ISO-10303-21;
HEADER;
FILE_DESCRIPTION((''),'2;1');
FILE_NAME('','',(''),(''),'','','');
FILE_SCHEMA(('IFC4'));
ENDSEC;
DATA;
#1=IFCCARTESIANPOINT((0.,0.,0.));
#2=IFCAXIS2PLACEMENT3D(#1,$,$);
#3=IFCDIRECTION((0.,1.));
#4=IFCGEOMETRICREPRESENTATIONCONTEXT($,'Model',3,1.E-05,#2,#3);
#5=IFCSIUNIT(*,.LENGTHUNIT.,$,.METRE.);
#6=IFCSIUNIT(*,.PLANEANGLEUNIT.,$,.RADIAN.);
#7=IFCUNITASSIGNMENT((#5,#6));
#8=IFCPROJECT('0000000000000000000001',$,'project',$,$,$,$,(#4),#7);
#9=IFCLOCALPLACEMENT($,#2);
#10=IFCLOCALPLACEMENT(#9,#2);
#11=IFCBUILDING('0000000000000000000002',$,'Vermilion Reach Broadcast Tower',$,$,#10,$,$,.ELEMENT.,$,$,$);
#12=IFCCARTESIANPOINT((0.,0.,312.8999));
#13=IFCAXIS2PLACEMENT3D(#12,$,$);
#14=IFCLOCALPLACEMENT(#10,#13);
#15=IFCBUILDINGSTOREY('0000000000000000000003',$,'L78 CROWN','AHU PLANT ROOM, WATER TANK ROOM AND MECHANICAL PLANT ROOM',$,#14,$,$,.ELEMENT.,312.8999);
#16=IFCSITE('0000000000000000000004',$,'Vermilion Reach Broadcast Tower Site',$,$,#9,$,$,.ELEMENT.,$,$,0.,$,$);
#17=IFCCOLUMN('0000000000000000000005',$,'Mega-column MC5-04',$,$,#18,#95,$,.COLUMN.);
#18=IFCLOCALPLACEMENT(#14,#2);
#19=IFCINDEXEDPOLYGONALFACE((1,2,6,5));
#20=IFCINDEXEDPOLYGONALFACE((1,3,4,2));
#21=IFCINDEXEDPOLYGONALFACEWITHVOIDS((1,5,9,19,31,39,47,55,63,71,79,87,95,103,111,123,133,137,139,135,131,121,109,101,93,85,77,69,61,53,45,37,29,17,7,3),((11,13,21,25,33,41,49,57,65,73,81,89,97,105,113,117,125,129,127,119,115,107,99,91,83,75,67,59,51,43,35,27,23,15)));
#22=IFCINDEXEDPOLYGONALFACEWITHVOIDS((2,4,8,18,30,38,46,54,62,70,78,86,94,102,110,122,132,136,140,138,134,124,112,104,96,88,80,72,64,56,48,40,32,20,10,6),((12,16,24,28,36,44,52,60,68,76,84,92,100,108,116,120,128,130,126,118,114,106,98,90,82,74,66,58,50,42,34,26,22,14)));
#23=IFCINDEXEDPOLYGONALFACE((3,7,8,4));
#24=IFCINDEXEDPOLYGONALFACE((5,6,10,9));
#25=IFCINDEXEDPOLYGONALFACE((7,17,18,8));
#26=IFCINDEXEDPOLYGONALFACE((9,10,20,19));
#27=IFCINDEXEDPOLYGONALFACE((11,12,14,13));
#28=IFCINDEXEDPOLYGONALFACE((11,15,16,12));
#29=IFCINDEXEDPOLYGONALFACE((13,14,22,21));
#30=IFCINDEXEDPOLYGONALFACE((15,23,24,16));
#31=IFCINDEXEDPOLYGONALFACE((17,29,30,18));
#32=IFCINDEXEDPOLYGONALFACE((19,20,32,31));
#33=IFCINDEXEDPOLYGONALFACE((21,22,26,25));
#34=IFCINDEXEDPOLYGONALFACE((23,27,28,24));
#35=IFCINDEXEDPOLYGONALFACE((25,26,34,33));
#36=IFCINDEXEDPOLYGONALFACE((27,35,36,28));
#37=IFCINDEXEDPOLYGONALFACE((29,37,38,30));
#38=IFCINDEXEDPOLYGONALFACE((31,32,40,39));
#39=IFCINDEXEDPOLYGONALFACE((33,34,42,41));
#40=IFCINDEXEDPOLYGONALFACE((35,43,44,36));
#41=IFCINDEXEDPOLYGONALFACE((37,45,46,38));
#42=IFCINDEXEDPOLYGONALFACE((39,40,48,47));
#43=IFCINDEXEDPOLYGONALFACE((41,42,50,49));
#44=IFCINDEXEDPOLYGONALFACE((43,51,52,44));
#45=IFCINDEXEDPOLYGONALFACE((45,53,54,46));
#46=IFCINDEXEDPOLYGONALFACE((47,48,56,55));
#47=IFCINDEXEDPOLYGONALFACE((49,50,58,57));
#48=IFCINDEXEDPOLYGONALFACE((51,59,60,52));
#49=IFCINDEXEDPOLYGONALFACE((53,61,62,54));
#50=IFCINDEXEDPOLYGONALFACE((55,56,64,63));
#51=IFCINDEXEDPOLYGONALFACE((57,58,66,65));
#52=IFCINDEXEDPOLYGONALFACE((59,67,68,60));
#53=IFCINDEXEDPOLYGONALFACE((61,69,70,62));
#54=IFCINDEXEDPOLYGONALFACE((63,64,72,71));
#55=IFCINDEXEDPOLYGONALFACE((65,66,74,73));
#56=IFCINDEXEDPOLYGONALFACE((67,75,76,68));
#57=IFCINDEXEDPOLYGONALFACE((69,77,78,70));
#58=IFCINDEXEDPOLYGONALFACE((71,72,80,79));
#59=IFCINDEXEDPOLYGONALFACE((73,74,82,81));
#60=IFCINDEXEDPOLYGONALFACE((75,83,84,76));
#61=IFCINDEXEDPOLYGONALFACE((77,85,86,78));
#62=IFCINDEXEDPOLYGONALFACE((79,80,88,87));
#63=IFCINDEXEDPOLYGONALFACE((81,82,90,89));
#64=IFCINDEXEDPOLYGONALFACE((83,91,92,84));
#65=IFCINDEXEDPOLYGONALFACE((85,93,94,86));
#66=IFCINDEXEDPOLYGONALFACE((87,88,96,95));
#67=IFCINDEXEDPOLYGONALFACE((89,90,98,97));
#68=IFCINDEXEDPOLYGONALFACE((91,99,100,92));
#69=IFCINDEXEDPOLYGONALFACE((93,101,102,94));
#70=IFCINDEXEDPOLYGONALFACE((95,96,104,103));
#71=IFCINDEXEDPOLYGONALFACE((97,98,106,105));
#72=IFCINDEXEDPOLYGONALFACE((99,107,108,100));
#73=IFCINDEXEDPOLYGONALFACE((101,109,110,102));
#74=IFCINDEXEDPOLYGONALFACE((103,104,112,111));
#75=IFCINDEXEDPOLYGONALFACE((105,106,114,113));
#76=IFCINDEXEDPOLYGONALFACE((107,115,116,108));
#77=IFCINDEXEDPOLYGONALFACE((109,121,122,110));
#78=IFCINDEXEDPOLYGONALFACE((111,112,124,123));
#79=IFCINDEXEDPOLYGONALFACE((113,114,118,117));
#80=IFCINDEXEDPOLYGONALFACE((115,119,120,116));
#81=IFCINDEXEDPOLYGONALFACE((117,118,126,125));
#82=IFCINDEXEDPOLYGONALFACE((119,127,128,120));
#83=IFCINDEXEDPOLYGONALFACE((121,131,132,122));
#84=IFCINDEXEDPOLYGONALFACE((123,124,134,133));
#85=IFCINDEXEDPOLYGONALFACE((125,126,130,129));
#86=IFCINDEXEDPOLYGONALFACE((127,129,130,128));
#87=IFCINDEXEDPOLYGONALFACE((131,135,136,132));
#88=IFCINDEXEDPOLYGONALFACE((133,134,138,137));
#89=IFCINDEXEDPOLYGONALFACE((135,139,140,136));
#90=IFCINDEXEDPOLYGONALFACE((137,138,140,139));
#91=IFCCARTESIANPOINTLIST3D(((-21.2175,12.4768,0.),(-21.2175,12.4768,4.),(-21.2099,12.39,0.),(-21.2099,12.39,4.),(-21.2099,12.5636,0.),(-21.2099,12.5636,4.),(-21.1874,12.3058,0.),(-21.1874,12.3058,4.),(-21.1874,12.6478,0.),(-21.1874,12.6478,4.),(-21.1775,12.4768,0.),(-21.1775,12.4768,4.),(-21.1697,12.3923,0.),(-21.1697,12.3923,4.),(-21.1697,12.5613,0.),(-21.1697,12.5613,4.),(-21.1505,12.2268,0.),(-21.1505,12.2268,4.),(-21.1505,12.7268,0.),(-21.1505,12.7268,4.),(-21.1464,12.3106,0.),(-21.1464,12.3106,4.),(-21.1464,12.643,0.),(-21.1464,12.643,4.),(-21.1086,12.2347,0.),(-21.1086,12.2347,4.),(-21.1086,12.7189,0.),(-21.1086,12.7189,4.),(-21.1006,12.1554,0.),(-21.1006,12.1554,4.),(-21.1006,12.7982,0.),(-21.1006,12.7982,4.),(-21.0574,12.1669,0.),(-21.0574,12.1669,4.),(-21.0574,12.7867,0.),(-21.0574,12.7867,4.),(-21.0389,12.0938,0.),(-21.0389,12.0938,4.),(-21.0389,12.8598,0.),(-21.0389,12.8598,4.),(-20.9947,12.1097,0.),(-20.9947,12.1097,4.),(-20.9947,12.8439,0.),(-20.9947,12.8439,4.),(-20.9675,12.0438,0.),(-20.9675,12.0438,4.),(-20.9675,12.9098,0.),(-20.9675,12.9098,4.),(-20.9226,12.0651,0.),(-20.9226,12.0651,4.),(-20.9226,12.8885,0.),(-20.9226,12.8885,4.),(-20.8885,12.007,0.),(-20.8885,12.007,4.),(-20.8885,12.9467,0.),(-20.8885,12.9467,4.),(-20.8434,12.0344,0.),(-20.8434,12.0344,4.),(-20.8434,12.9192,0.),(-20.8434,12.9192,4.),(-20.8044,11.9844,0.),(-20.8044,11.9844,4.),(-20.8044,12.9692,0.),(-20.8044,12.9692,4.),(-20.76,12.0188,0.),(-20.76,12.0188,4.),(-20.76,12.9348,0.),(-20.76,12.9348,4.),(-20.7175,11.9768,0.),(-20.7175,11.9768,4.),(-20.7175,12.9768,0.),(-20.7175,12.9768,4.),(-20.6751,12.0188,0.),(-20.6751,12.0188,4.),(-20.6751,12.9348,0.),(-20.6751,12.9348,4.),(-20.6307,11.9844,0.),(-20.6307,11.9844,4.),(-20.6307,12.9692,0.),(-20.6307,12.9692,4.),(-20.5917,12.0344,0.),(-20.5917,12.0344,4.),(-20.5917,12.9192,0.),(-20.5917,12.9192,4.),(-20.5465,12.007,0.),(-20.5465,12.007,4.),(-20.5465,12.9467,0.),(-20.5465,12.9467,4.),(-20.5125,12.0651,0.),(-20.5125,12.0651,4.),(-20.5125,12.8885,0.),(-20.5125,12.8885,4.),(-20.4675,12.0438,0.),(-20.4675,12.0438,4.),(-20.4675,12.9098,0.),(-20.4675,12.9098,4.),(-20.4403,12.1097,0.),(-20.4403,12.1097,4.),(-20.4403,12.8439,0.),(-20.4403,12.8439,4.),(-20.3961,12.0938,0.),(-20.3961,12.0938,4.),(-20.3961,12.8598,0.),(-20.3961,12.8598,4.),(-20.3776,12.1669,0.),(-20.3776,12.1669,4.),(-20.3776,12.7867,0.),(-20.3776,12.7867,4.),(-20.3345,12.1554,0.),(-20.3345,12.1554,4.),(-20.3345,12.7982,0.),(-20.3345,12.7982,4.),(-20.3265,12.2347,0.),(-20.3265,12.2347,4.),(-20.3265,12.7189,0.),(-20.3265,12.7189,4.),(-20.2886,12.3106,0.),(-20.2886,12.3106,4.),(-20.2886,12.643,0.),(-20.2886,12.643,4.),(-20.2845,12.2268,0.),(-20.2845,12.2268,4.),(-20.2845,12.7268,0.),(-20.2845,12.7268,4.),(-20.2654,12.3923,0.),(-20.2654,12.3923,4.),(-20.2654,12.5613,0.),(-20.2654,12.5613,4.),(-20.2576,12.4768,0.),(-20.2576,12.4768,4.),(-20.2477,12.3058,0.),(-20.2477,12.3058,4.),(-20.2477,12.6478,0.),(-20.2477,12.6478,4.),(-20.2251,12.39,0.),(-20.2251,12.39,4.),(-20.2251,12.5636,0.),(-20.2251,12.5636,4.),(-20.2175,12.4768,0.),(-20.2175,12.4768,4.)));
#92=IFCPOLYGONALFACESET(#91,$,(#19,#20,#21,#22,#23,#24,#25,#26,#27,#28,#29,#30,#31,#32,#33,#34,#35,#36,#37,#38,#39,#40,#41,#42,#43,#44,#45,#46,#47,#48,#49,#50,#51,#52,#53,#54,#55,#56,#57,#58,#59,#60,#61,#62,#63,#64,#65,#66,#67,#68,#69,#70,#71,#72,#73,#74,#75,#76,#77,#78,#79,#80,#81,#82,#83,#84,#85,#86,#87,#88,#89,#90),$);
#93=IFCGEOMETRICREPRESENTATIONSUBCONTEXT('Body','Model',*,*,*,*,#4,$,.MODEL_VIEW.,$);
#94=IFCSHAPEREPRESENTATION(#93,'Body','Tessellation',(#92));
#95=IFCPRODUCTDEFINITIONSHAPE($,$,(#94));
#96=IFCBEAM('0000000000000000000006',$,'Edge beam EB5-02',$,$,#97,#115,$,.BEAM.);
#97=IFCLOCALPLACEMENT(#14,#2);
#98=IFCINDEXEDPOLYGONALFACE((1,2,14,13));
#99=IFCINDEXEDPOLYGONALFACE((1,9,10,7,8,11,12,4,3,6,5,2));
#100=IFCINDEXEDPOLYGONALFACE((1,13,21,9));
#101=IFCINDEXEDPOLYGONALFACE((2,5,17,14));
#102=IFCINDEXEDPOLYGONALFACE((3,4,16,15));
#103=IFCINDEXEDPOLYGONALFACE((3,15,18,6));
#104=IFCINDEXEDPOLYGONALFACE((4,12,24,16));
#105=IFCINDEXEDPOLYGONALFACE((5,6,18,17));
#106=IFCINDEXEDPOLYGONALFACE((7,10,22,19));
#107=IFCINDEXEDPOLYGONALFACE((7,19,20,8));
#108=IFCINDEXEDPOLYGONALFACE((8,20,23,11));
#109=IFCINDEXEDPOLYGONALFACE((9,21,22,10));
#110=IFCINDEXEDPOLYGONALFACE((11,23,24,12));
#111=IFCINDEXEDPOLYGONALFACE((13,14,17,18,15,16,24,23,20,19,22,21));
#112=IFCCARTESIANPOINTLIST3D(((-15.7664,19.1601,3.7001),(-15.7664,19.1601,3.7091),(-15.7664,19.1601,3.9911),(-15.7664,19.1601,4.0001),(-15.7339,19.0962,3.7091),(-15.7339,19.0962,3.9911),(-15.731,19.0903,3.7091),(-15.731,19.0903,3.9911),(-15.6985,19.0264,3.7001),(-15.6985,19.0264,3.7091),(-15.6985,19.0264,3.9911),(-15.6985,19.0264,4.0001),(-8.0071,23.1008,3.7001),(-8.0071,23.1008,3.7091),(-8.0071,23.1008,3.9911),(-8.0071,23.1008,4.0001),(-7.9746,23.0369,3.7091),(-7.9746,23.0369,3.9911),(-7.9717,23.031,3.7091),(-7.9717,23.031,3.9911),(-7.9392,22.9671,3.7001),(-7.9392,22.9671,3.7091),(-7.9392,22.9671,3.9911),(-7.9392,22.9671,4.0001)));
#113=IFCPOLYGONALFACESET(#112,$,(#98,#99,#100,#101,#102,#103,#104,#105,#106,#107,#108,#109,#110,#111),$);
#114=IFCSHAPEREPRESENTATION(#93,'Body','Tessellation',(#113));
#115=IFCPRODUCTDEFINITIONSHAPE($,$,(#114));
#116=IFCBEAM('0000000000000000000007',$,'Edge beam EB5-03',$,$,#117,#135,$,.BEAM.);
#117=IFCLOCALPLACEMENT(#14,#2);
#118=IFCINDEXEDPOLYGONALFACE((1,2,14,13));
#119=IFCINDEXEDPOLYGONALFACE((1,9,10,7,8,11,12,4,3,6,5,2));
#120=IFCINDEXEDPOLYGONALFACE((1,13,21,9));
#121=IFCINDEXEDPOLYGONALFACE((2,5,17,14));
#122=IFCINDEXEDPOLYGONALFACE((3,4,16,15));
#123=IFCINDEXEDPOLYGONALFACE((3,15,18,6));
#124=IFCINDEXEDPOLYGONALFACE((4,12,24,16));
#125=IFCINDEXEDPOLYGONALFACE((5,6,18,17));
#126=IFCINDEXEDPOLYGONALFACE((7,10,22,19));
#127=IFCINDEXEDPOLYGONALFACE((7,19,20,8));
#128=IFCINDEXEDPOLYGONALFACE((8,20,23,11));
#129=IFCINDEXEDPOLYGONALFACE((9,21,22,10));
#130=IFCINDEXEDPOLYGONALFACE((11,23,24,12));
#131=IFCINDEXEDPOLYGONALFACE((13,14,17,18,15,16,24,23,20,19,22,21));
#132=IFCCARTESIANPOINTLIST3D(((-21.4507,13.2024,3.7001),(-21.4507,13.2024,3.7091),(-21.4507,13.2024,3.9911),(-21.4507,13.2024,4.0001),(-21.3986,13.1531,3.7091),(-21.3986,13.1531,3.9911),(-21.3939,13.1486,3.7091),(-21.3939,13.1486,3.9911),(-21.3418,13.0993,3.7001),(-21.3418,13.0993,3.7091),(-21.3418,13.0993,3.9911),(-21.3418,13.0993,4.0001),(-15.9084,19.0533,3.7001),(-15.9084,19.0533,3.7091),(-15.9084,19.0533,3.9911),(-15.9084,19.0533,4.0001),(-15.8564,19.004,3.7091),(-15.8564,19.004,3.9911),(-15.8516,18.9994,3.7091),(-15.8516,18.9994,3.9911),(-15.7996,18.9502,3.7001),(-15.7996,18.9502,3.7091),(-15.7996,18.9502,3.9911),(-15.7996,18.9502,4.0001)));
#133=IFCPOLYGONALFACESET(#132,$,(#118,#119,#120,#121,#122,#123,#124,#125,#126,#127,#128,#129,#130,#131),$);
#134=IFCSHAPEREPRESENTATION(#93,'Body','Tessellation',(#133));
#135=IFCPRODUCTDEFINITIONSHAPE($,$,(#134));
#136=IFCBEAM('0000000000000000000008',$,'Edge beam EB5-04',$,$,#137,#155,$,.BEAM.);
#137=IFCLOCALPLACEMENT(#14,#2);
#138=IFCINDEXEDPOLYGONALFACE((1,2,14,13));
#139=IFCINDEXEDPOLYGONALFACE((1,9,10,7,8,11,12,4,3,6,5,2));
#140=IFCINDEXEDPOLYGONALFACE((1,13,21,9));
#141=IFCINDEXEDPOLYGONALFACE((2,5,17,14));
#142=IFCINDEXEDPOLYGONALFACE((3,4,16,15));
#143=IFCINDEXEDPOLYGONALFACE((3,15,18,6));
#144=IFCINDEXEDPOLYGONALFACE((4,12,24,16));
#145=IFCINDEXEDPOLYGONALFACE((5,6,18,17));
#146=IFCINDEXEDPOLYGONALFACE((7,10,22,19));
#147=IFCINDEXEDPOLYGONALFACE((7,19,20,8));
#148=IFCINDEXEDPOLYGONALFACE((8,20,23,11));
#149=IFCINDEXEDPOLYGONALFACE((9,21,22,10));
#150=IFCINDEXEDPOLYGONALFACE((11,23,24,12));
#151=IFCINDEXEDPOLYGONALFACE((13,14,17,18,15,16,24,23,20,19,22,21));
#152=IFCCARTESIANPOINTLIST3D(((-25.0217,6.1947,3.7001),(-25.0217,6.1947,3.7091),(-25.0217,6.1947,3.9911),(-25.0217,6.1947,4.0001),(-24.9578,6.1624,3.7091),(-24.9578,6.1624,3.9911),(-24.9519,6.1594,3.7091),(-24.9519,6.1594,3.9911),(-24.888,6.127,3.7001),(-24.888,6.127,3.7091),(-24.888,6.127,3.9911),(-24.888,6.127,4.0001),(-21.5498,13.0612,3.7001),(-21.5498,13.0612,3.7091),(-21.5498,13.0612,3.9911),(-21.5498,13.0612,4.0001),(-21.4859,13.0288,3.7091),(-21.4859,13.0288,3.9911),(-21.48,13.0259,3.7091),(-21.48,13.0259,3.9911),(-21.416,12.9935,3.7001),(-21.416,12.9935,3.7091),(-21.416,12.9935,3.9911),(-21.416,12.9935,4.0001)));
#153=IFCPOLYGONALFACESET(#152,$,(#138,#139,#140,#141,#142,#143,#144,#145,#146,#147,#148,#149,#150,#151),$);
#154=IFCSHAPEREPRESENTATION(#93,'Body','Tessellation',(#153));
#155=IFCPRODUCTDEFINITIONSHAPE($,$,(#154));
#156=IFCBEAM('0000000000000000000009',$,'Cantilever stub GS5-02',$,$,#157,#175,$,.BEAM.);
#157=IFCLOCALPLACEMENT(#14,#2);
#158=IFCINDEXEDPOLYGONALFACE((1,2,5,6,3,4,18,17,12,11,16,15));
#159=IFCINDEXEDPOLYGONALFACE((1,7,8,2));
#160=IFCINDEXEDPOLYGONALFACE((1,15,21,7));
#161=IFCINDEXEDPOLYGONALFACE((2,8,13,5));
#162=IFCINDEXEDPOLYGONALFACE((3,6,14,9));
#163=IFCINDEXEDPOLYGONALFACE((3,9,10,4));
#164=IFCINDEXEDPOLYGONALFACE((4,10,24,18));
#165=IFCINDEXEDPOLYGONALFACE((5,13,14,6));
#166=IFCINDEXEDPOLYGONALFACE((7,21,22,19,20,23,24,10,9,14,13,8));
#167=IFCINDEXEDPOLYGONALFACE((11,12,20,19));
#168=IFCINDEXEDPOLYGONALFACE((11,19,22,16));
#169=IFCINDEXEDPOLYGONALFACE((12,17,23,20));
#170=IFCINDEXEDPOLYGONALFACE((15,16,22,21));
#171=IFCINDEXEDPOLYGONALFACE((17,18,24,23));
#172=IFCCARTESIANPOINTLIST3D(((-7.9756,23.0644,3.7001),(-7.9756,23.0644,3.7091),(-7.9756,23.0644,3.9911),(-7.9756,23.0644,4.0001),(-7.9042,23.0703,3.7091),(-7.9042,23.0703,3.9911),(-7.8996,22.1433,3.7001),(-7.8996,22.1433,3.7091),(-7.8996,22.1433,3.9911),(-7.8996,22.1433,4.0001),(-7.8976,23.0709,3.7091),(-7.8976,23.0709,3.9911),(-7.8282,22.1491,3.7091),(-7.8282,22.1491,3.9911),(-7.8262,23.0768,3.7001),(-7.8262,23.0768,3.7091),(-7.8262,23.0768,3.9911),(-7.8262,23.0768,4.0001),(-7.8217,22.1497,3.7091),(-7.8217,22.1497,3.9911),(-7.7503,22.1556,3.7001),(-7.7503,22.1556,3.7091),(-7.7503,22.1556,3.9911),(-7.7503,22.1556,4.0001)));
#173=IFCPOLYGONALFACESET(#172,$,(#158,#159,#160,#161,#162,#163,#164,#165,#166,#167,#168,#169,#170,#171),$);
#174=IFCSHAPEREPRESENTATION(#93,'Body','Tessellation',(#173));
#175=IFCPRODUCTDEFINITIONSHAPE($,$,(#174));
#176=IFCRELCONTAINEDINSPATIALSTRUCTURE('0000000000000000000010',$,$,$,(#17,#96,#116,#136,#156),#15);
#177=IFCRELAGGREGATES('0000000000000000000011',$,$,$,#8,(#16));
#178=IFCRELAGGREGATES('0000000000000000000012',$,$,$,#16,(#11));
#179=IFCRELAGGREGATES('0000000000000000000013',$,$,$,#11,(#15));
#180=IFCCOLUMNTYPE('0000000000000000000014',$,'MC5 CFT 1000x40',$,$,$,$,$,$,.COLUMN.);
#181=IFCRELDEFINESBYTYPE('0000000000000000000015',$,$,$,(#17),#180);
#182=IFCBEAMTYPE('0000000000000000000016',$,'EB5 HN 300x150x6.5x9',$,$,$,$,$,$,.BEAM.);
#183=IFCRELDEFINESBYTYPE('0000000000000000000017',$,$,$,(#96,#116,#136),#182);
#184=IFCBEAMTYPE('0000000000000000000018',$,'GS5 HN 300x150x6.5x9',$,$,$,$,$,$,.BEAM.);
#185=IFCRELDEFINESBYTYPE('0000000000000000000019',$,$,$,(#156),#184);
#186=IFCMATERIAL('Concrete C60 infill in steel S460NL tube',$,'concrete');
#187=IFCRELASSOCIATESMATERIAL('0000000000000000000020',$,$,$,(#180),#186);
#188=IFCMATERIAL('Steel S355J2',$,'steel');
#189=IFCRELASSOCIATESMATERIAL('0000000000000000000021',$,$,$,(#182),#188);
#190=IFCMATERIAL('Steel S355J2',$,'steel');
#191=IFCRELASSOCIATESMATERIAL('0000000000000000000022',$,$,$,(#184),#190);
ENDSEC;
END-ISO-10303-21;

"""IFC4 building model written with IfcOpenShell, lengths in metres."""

from ifc_helpers import new_model, si_unit, direction, frame, origin, origin_2d, place, context, subcontext, project, spatial, hollow_circle, i_section, extrude, material, material_profile, profile_set, type_object, element, save


model = new_model("IFC4")

# Units and contexts
model_context = context("Model", 3, precision=1e-05, world=origin(), true_north=direction((0.0, 1.0)))
body_context = subcontext(model_context, "Body", "Model", "MODEL_VIEW")
ifc_project = project(units=[si_unit("LENGTHUNIT", "METRE"), si_unit("PLANEANGLEUNIT", "RADIAN")], contexts=[model_context])

# Site, building, storey
site_placement = place(None, origin())
site = spatial("IfcSite", under=ifc_project, at=site_placement, Name="Vermilion Reach Broadcast Tower Site", CompositionType="ELEMENT", RefElevation=0.0)
building_placement = place(site_placement, origin())
building = spatial("IfcBuilding", under=site, at=building_placement, Name="Vermilion Reach Broadcast Tower", CompositionType="ELEMENT")
storey_placement = place(building_placement, frame((0.0, 0.0, 312.8999)))
storey = spatial("IfcBuildingStorey", under=building, at=storey_placement, Name="L78 CROWN", Description="AHU PLANT ROOM, WATER TANK ROOM AND MECHANICAL PLANT ROOM", CompositionType="ELEMENT", Elevation=312.8999)

# Column
ifc_material_1 = material(Name="Concrete C60 infill in steel S460NL tube", Category="concrete")
ifc_material_profile_1 = material_profile(ifc_material_1, hollow_circle(Radius=0.5, WallThickness=0.04, at=origin_2d()), Name="Concrete C60 infill in steel S460NL tube CFT 1000x40")
ifc_profile_set_1 = profile_set([ifc_material_profile_1], Name="Concrete C60 infill in steel S460NL tube")
column_type = type_object("IfcColumnType", Name="MC5 CFT 1000x40", PredefinedType="COLUMN", material=ifc_profile_set_1)
for number, where, z_axis, x_axis, name in (
    (1, (-20.7175, 12.4768, 0.0), (0.0, 0.0, 1.0), (1.0, 0.0, 0.0), "Mega-column MC5-04"),
):
    element("IfcColumn", number, at=place(storey_placement, frame(where, z_axis=z_axis, x_axis=x_axis)), inside=storey, type_object=column_type, Name=name, PredefinedType="COLUMN", context=body_context, shape_type="SweptSolid", body=[
        extrude(hollow_circle(Radius=0.5, WallThickness=0.04, at=origin_2d()), origin(), (0.0, 0.0, 1.0), 4.0),
    ])

# Beams
ifc_material_2 = material(Name="Steel S355J2", Category="steel")
ifc_material_profile_2 = material_profile(ifc_material_2, i_section(OverallWidth=0.1499, OverallDepth=0.3, WebThickness=0.0066, FlangeThickness=0.009, at=origin_2d()), Name="S355J2 HN 300x150x6.5x9")
ifc_profile_set_2 = profile_set([ifc_material_profile_2], Name="Steel S355J2")
beam_type_1 = type_object("IfcBeamType", Name="EB5 HN 300x150x6.5x9", PredefinedType="BEAM", material=ifc_profile_set_2)
beam_1_placement = place(storey_placement, frame((-7.9731, 23.0339, 3.8501), z_axis=(-0.891604, -0.452816, 0.0), x_axis=(0.452816, -0.891604, 0.0)))
element("IfcBeam", 2, at=beam_1_placement, inside=storey, type_object=beam_type_1, Name="Edge beam EB5-02", PredefinedType="BEAM", context=body_context, shape_type="SweptSolid", body=[
    extrude(i_section(OverallWidth=0.1499, OverallDepth=0.3, WebThickness=0.0066, FlangeThickness=0.009, at=origin_2d()), origin(), (0.0, 0.0, 1.0), 8.7026),
])
beam_2_placement = place(storey_placement, frame((-15.854, 19.0017, 3.8501), z_axis=(-0.687702, -0.725993, 0.0), x_axis=(0.725993, -0.687702, 0.0)))
element("IfcBeam", 3, at=beam_2_placement, inside=storey, type_object=beam_type_1, Name="Edge beam EB5-03", PredefinedType="BEAM", context=body_context, shape_type="SweptSolid", body=[
    extrude(i_section(OverallWidth=0.1499, OverallDepth=0.3, WebThickness=0.0066, FlangeThickness=0.009, at=origin_2d()), origin(), (0.0, 0.0, 1.0), 8.0591),
])
beam_3_placement = place(storey_placement, frame((-21.4829, 13.0273, 3.8501), z_axis=(-0.451232, -0.892406, 0.0), x_axis=(0.892406, -0.451232, 0.0)))
element("IfcBeam", 4, at=beam_3_placement, inside=storey, type_object=beam_type_1, Name="Edge beam EB5-04", PredefinedType="BEAM", context=body_context, shape_type="SweptSolid", body=[
    extrude(i_section(OverallWidth=0.1499, OverallDepth=0.3, WebThickness=0.0066, FlangeThickness=0.009, at=origin_2d()), origin(), (0.0, 0.0, 1.0), 7.6943),
])
ifc_material_3 = material(Name="Steel S355J2", Category="steel")
ifc_material_profile_3 = material_profile(ifc_material_3, i_section(OverallWidth=0.1499, OverallDepth=0.3, WebThickness=0.0066, FlangeThickness=0.009, at=origin_2d()), Name="S355J2 HN 300x150x6.5x9")
ifc_profile_set_3 = profile_set([ifc_material_profile_3], Name="Steel S355J2")
beam_type_2 = type_object("IfcBeamType", Name="GS5 HN 300x150x6.5x9", PredefinedType="BEAM", material=ifc_profile_set_3)
beam_4_placement = place(storey_placement, frame((-7.825, 22.1494, 3.8501), z_axis=(-0.082149, 0.99662, 0.0), x_axis=(-0.99662, -0.082149, 0.0)))
element("IfcBeam", 5, at=beam_4_placement, inside=storey, type_object=beam_type_2, Name="Cantilever stub GS5-02", PredefinedType="BEAM", context=body_context, shape_type="SweptSolid", body=[
    extrude(i_section(OverallWidth=0.1499, OverallDepth=0.3, WebThickness=0.0066, FlangeThickness=0.009, at=origin_2d()), origin(), (0.0, 0.0, 1.0), 0.9243),
])

save(model, "model.ifc")
